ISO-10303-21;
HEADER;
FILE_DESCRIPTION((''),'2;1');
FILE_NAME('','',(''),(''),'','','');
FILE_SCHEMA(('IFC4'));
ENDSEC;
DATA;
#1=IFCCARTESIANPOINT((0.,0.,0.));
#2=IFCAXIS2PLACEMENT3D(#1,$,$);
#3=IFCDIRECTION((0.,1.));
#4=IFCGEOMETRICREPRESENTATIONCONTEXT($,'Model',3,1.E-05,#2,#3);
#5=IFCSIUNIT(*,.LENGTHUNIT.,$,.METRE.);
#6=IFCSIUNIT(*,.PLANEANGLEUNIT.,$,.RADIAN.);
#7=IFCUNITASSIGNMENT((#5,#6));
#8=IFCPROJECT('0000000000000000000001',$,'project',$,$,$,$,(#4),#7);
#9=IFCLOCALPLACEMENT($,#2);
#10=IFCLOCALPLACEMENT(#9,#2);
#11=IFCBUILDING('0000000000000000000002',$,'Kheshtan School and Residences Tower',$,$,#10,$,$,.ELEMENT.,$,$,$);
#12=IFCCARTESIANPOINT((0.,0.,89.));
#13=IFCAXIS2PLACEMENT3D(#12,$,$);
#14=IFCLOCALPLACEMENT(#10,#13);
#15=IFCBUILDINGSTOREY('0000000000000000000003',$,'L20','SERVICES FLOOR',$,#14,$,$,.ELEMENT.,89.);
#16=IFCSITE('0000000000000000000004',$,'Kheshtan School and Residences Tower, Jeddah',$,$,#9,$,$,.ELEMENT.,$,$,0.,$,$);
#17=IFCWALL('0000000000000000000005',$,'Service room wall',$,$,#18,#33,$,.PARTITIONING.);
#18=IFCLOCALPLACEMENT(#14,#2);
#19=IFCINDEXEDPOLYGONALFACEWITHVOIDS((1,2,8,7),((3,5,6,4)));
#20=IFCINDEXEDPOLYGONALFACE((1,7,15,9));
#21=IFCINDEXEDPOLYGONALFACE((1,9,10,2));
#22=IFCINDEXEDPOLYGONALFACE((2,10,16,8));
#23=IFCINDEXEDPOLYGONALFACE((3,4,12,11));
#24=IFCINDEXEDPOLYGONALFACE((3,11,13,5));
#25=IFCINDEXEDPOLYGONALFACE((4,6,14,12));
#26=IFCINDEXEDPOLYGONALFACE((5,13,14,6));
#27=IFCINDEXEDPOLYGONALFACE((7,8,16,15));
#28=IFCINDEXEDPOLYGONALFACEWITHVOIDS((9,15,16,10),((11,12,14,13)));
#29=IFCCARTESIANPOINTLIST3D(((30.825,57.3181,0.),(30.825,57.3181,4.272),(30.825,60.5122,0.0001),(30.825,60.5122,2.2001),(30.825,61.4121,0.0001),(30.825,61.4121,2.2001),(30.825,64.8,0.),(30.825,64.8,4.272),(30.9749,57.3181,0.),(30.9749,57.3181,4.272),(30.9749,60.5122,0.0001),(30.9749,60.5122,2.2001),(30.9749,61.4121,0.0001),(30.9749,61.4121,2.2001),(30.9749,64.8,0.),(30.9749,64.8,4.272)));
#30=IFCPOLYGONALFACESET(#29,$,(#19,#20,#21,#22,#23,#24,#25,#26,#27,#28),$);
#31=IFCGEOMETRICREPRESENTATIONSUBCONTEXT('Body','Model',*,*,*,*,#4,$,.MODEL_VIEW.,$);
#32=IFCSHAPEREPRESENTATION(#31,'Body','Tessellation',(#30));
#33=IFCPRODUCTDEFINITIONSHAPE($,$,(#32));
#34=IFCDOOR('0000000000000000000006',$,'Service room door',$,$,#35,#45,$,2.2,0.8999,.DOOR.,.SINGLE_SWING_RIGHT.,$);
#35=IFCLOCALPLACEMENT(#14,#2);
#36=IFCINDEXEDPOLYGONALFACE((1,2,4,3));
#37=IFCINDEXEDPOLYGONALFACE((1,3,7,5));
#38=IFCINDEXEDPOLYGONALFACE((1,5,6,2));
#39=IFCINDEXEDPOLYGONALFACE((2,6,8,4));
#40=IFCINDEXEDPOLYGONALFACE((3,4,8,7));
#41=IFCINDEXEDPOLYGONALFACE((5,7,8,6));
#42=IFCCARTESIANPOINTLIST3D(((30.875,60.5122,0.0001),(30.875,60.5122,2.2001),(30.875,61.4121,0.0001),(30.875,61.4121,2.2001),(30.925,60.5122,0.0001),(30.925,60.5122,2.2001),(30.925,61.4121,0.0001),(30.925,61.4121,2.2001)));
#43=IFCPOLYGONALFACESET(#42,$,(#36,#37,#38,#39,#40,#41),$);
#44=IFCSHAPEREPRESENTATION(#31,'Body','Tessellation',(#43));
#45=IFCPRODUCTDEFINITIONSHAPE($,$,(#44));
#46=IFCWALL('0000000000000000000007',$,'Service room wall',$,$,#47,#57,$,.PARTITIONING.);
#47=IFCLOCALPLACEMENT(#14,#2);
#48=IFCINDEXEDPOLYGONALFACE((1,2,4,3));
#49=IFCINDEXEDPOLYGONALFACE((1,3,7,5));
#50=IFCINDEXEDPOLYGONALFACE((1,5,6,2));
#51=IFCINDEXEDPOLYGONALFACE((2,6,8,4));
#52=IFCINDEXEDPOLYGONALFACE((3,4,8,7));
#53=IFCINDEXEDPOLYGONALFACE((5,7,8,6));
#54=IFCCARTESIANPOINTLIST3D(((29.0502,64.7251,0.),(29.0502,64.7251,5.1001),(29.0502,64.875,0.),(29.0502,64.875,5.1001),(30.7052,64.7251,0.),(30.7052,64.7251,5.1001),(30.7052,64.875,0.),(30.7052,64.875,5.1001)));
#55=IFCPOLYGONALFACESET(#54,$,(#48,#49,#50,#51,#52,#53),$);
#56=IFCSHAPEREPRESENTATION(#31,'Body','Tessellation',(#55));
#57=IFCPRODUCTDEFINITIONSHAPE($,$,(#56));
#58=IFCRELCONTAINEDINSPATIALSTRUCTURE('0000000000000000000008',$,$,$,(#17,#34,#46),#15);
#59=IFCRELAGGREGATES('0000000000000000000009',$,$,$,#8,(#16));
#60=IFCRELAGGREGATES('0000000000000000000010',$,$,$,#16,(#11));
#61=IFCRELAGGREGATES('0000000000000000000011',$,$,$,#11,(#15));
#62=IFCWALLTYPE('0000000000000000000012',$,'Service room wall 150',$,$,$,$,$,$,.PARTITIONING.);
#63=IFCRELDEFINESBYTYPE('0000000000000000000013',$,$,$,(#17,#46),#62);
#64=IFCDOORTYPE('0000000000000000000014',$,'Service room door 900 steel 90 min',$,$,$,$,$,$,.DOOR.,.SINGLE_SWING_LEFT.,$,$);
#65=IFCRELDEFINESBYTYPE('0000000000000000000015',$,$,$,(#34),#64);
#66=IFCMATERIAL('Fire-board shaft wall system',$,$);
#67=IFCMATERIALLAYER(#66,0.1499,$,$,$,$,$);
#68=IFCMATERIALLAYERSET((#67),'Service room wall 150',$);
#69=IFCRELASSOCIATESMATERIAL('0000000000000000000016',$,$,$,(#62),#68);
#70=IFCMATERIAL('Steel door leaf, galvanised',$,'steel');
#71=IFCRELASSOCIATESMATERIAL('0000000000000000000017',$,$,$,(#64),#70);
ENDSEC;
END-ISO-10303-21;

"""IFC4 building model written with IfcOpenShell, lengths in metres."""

from ifc_helpers import new_model, si_unit, direction, frame, frame_2d, origin, place, context, subcontext, project, spatial, rectangle, extrude, source, transform, mapped, material, layer, layer_set, type_object, element, fill, save


model = new_model("IFC4")

# Units and contexts
model_context = context("Model", 3, precision=1e-05, world=origin(), true_north=direction((0.0, 1.0)))
body_context = subcontext(model_context, "Body", "Model", "MODEL_VIEW")
ifc_project = project(units=[si_unit("LENGTHUNIT", "METRE"), si_unit("PLANEANGLEUNIT", "RADIAN")], contexts=[model_context])

# Site, building, storey
site_placement = place(None, origin())
site = spatial("IfcSite", under=ifc_project, at=site_placement, Name="Kheshtan School and Residences Tower, Jeddah", CompositionType="ELEMENT", RefElevation=0.0)
building_placement = place(site_placement, origin())
building = spatial("IfcBuilding", under=site, at=building_placement, Name="Kheshtan School and Residences Tower", CompositionType="ELEMENT")
storey_placement = place(building_placement, frame((0.0, 0.0, 89.0)))
storey = spatial("IfcBuildingStorey", under=building, at=storey_placement, Name="L20", Description="SERVICES FLOOR", CompositionType="ELEMENT", Elevation=89.0)

# Shared definitions
ifc_material_1 = material(Name="Fire-board shaft wall system")
ifc_layer_1 = layer(ifc_material_1, 0.1499)
ifc_layer_set_1 = layer_set([ifc_layer_1], Name="Service room wall 150")
wall_type_1 = type_object("IfcWallType", Name="Service room wall 150", PredefinedType="PARTITIONING", material=ifc_layer_set_1)

# Wall, opening, door
wall_1_placement = place(storey_placement, frame((30.8999, 57.3181, 0.0), z_axis=(0.0, 0.0, 1.0), x_axis=(0.0, 1.0, 0.0)))
wall_1 = element("IfcWall", 1, at=wall_1_placement, inside=storey, type_object=wall_type_1, Name="Service room wall", PredefinedType="PARTITIONING", context=body_context, shape_type="SweptSolid", body=[
    extrude(rectangle(XDim=7.4819, YDim=0.1499, at=frame_2d((3.741, 0.0))), origin(), (0.0, 0.0, 1.0), 4.272),
])
opening_1_placement = place(wall_1_placement, frame((3.1941, 0.0, 0.0)))
opening_1 = element("IfcOpeningElement", 2, at=opening_1_placement, cuts=wall_1, PredefinedType="OPENING", context=body_context, shape_type="SweptSolid", body=[
    extrude(rectangle(XDim=0.8999, YDim=2.2, at=frame_2d((0.45, 1.1001))), frame((0.0, 0.085, 0.0), z_axis=(0.0, -1.0, 0.0), x_axis=(1.0, 0.0, 0.0)), (0.0, 0.0, 1.0), 0.1699),
])
ifc_material_2 = material(Name="Steel door leaf, galvanised", Category="steel")
door_type_1 = type_object("IfcDoorType", Name="Service room door 900 steel 90 min", OperationType="SINGLE_SWING_LEFT", PredefinedType="DOOR", material=ifc_material_2)
shared_shape_1 = source(origin(), body_context, "Body", "SweptSolid", [
    extrude(rectangle(XDim=0.8999, YDim=2.2, at=frame_2d((0.45, 1.1001))), frame((0.0, 0.0249, 0.0), z_axis=(0.0, -1.0, 0.0), x_axis=(1.0, 0.0, 0.0)), (0.0, 0.0, 1.0), 0.05),
])
door_1_placement = place(opening_1_placement, origin())
door_1 = element("IfcDoor", 3, at=door_1_placement, inside=storey, type_object=door_type_1, Name="Service room door", OperationType="SINGLE_SWING_RIGHT", OverallHeight=2.2, OverallWidth=0.8999, PredefinedType="DOOR", context=body_context, shape_type="MappedRepresentation", body=[
    mapped(shared_shape_1, transform((0.0, 0.0, 0.0), x_axis=(1.0, 0.0, 0.0), y_axis=(0.0, 1.0, 0.0), z_axis=(0.0, 0.0, 1.0), scale=1.0)),
])
fill(opening_1, door_1)

# Wall
wall_2_placement = place(storey_placement, frame((29.05, 64.8, 0.0), z_axis=(0.0, 0.0, 1.0), x_axis=(1.0, 0.0, 0.0)))
element("IfcWall", 4, at=wall_2_placement, inside=storey, type_object=wall_type_1, Name="Service room wall", PredefinedType="PARTITIONING", context=body_context, shape_type="SweptSolid", body=[
    extrude(rectangle(XDim=1.655, YDim=0.1499, at=frame_2d((0.8276, 0.0))), origin(), (0.0, 0.0, 1.0), 5.1001),
])

save(model, "model.ifc")
